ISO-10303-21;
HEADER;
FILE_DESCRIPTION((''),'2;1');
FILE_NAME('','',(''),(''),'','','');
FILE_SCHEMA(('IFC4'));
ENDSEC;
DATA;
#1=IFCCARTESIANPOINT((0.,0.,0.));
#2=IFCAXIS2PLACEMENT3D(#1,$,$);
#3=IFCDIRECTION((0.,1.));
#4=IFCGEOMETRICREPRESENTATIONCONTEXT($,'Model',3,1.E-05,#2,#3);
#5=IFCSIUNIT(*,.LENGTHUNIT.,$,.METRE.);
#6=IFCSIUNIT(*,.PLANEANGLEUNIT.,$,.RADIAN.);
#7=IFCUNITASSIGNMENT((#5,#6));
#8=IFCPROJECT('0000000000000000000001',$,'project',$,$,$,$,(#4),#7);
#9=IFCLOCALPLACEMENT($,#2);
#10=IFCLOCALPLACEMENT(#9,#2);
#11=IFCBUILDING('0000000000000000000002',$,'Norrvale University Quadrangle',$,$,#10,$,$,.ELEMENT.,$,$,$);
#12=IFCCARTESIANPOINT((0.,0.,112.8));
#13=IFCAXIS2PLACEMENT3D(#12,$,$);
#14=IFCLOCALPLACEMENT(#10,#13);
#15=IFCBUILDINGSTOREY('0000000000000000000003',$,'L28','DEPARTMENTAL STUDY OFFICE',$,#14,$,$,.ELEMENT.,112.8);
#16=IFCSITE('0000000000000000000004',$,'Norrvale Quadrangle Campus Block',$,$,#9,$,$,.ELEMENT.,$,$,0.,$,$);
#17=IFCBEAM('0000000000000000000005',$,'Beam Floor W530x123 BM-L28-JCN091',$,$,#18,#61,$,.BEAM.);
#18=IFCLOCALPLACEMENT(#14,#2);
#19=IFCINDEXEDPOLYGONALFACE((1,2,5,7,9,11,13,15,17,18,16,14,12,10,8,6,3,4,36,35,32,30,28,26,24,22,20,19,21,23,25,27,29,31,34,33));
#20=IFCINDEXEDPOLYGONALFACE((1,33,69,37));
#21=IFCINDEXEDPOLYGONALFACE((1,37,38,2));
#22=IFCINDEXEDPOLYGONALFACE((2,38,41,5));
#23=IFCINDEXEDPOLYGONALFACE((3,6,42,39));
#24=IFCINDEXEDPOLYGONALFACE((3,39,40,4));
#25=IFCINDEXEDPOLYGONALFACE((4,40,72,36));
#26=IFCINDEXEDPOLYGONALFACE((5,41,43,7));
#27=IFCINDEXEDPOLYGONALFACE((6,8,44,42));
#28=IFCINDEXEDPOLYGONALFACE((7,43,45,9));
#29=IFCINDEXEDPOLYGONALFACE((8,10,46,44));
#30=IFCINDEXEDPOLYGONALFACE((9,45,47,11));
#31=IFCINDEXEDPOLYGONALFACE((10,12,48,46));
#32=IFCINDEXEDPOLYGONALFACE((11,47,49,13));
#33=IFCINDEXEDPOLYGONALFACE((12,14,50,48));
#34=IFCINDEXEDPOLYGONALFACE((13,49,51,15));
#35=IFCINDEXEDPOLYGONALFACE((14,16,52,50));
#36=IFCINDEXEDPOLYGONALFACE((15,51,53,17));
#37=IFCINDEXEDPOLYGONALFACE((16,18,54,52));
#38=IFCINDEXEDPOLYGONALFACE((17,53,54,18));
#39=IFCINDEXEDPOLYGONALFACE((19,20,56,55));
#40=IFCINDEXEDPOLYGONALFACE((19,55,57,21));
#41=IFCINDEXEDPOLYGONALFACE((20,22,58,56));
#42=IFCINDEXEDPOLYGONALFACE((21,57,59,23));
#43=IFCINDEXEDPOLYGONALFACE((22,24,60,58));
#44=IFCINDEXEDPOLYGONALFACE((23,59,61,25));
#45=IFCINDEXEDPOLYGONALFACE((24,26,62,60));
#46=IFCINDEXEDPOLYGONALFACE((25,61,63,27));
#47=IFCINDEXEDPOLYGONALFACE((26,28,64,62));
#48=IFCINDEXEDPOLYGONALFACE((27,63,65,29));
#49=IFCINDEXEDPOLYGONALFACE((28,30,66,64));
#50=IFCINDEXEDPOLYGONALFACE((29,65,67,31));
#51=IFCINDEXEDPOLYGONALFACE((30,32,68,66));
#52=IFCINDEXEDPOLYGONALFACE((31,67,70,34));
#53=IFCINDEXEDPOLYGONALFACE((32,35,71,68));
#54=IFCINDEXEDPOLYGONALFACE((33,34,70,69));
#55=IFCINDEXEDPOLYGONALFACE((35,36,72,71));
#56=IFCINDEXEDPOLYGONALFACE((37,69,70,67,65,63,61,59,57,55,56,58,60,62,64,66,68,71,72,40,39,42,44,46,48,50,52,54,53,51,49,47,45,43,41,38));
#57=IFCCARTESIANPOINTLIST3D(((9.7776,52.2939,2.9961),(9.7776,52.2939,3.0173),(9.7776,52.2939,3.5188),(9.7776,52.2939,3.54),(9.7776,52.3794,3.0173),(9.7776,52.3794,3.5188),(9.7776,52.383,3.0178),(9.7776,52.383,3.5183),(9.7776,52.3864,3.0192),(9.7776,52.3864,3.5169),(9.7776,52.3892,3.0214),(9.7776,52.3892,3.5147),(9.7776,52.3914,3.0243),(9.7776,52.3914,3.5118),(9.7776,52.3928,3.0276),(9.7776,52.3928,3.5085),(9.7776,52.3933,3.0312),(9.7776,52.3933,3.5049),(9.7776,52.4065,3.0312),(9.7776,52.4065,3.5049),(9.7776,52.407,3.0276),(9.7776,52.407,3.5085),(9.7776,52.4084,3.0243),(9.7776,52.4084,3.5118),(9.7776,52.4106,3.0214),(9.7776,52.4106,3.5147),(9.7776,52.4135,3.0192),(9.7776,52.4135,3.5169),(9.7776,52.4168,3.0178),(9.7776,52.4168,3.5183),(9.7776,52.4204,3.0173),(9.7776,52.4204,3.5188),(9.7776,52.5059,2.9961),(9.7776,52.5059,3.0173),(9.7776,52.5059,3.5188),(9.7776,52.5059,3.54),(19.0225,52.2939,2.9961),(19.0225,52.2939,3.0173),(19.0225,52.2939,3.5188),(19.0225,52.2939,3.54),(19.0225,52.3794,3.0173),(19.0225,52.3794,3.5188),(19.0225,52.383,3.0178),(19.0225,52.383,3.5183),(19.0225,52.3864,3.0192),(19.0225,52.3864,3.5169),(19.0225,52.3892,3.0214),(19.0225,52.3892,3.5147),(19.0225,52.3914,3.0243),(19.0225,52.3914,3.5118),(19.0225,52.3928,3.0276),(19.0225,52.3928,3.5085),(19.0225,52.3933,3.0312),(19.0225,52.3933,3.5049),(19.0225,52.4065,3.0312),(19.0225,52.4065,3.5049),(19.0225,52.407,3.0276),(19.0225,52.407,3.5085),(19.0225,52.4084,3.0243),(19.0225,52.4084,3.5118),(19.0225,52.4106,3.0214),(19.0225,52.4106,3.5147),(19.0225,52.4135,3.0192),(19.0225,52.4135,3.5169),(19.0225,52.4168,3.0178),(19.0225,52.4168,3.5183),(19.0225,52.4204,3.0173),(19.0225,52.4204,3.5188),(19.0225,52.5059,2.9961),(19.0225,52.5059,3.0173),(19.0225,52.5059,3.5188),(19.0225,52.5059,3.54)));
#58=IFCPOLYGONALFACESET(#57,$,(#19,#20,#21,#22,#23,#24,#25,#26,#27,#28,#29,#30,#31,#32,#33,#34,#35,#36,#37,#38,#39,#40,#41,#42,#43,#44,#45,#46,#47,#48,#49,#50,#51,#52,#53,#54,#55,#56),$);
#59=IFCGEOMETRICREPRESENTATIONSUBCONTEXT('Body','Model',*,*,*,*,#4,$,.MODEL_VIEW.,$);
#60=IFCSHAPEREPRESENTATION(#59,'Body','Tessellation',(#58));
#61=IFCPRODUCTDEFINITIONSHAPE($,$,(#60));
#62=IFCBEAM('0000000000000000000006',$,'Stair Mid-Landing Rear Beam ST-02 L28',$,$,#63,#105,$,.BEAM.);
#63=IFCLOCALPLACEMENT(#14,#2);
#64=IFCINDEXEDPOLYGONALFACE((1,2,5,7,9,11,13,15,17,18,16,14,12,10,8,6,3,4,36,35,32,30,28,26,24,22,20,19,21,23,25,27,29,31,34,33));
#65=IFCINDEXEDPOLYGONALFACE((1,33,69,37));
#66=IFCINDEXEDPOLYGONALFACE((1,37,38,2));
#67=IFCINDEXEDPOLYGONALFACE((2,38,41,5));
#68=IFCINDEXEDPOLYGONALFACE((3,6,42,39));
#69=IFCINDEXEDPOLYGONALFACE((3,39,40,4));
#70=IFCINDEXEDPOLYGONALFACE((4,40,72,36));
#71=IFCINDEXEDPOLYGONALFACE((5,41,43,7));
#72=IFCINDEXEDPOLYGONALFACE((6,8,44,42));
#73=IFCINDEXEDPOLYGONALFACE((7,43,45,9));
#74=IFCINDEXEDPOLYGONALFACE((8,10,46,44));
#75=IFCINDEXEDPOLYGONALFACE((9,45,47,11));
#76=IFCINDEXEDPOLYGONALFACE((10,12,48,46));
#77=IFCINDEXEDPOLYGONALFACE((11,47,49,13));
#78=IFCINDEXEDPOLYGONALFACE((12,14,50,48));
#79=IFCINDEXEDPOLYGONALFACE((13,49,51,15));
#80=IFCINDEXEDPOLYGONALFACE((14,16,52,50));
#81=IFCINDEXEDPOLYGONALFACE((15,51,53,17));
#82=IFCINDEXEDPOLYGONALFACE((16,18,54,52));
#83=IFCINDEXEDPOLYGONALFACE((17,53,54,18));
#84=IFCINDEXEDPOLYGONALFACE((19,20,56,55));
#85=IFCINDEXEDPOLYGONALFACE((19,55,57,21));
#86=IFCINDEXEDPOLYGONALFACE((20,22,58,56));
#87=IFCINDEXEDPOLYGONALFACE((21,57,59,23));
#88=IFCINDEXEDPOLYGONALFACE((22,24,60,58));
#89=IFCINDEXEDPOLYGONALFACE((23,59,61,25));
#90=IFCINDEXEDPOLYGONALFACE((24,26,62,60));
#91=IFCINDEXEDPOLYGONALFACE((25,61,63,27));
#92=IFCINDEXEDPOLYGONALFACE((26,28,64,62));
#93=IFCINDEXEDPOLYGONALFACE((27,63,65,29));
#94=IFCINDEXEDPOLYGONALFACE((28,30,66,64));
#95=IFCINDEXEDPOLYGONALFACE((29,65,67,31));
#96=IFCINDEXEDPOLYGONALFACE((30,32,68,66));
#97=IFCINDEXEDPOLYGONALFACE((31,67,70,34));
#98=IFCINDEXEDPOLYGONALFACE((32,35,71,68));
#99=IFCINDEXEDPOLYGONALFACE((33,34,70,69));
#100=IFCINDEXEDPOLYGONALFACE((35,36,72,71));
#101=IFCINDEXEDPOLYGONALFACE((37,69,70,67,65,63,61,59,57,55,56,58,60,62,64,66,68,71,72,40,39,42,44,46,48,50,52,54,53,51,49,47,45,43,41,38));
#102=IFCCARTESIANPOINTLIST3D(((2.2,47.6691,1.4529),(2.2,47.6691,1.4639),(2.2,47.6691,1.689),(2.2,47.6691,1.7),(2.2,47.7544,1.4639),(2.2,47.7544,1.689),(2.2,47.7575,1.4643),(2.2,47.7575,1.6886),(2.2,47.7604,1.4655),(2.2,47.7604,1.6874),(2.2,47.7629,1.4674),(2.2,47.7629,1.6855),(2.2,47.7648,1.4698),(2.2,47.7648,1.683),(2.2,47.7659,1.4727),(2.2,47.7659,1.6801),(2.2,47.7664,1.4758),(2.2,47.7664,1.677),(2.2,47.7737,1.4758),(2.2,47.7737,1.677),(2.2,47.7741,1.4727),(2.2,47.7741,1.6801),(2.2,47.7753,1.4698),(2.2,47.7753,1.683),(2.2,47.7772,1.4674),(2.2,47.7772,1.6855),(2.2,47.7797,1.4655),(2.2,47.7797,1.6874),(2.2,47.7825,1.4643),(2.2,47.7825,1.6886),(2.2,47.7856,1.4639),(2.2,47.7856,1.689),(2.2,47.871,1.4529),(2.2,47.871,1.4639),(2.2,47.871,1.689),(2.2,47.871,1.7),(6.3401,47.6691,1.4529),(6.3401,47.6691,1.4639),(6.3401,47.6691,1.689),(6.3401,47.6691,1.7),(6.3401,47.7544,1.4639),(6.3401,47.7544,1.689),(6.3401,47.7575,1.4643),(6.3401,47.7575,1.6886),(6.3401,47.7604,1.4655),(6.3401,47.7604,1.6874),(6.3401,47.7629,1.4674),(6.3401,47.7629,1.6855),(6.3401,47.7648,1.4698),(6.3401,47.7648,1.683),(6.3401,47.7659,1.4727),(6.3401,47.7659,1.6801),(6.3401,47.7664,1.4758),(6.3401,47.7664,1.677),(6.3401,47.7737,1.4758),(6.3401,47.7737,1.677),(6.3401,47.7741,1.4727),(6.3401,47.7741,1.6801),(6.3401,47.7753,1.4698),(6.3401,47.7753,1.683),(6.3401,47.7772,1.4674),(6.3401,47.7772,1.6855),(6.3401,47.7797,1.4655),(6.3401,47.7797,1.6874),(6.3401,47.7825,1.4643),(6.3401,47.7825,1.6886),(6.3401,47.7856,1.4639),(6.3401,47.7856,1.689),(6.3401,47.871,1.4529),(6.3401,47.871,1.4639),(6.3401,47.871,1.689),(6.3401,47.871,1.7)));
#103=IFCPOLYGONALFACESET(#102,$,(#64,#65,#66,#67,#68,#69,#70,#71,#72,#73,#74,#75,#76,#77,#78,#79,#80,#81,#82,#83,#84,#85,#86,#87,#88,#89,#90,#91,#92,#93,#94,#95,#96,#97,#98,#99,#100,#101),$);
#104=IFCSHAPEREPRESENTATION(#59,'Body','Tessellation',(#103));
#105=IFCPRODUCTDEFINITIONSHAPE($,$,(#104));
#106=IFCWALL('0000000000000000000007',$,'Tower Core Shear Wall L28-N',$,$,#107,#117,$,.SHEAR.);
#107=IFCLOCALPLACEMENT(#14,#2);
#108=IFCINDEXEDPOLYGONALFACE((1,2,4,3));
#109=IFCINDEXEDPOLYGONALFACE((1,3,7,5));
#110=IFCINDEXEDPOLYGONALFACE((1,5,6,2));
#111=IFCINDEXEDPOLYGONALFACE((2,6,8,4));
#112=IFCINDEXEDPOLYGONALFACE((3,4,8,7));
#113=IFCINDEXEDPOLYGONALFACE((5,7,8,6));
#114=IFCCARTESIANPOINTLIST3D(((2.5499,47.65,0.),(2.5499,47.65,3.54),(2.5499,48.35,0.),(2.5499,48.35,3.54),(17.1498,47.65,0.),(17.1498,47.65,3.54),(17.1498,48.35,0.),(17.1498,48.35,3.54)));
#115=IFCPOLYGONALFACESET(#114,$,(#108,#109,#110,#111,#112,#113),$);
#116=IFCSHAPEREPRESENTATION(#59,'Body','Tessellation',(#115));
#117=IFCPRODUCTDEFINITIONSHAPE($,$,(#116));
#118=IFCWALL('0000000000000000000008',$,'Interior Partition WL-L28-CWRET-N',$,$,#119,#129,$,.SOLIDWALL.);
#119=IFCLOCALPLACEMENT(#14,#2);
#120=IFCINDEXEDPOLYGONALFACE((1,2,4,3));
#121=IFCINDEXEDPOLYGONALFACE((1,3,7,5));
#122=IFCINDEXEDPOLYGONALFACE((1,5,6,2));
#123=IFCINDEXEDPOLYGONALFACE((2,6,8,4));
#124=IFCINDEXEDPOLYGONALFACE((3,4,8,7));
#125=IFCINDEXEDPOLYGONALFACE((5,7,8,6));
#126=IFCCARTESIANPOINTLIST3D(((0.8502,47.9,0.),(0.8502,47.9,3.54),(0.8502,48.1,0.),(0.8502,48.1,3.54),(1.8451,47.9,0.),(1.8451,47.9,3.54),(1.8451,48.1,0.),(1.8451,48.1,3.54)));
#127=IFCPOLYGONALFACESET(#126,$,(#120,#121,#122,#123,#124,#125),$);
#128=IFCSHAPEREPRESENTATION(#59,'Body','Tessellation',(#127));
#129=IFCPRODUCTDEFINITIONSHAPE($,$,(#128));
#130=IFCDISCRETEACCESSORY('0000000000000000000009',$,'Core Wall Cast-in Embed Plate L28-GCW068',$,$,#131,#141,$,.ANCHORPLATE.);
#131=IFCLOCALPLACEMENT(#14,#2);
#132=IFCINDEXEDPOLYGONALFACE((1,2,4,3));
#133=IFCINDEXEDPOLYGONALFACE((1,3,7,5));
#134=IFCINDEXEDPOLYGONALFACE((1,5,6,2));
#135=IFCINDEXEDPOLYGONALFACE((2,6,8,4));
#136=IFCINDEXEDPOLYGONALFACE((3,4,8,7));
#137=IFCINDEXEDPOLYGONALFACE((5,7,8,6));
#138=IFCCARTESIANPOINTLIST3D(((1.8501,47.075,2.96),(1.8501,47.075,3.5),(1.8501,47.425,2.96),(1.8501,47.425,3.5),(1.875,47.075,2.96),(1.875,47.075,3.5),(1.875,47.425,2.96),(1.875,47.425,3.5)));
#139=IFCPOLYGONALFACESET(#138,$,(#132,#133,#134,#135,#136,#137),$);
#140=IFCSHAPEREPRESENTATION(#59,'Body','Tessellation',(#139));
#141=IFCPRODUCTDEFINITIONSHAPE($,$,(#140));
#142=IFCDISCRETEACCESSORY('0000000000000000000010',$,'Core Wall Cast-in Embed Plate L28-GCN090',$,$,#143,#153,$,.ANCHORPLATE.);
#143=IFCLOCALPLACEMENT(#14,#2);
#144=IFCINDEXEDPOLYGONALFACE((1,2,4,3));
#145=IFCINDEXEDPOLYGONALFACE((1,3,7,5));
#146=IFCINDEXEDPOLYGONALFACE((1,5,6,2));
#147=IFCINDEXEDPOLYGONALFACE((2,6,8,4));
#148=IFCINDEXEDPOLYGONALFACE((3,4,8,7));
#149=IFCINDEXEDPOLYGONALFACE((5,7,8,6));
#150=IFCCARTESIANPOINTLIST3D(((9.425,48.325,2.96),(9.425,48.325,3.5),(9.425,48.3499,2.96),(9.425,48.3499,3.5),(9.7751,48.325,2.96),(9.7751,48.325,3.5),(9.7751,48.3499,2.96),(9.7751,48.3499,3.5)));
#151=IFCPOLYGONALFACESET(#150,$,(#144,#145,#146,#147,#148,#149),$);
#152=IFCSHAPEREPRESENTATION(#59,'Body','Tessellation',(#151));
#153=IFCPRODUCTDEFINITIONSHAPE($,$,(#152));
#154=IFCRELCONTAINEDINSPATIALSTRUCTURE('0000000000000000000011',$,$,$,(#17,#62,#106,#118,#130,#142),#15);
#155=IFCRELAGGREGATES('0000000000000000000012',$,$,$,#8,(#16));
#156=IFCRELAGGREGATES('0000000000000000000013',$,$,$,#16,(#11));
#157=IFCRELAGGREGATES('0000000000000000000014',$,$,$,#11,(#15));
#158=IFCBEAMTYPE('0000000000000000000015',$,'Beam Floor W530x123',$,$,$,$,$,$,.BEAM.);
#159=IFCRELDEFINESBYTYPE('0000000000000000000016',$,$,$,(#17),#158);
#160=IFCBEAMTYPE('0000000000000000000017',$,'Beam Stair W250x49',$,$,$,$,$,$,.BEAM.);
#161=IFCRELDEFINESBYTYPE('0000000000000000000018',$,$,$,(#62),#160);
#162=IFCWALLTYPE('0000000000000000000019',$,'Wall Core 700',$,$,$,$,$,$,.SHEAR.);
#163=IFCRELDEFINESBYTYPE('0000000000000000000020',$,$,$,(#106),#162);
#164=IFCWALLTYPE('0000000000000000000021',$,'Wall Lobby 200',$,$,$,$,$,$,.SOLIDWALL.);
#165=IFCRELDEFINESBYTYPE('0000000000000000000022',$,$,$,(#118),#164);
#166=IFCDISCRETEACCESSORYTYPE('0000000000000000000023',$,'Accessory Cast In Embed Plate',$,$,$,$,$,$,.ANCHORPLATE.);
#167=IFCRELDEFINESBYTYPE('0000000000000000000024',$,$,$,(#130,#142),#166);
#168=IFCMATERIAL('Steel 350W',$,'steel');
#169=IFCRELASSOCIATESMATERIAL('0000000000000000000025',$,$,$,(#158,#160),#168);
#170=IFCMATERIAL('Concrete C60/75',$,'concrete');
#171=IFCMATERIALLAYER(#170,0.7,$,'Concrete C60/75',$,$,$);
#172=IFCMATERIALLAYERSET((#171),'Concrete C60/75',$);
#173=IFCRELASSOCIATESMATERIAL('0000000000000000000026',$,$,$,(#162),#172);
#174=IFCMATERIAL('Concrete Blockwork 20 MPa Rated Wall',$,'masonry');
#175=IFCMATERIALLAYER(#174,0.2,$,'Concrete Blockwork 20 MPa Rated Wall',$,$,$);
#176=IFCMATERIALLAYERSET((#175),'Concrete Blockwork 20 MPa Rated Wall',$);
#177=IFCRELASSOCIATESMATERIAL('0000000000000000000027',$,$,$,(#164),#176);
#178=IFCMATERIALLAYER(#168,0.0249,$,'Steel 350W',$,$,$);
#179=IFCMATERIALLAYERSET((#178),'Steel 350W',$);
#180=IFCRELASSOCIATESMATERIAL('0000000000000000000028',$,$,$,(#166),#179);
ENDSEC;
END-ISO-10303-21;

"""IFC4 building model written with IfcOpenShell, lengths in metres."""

from ifc_helpers import new_model, si_unit, direction, frame, frame_2d, origin, origin_2d, place, context, subcontext, project, spatial, rectangle, i_section, extrude, material, layer, layer_set, material_profile, profile_set, type_object, element, save


model = new_model("IFC4")

# Units and contexts
model_context = context("Model", 3, precision=1e-05, world=origin(), true_north=direction((0.0, 1.0)))
body_context = subcontext(model_context, "Body", "Model", "MODEL_VIEW")
ifc_project = project(units=[si_unit("LENGTHUNIT", "METRE"), si_unit("PLANEANGLEUNIT", "RADIAN")], contexts=[model_context])

# Site, building, storey
site_placement = place(None, origin())
site = spatial("IfcSite", under=ifc_project, at=site_placement, Name="Norrvale Quadrangle Campus Block", CompositionType="ELEMENT", RefElevation=0.0)
building_placement = place(site_placement, origin())
building = spatial("IfcBuilding", under=site, at=building_placement, Name="Norrvale University Quadrangle", CompositionType="ELEMENT")
storey_placement = place(building_placement, frame((0.0, 0.0, 112.8)))
storey = spatial("IfcBuildingStorey", under=building, at=storey_placement, Name="L28", Description="DEPARTMENTAL STUDY OFFICE", CompositionType="ELEMENT", Elevation=112.8)

# Shared definitions
ifc_material_1 = material(Name="Concrete C60/75", Category="concrete")

# Beams
ifc_material_2 = material(Name="Steel 350W", Category="steel")
ifc_material_profile_1 = material_profile(ifc_material_2, i_section(OverallWidth=0.2119, OverallDepth=0.5439, WebThickness=0.0132, FlangeThickness=0.0212, FilletRadius=0.0139, at=origin_2d()), Name="Steel 350W")
ifc_profile_set_1 = profile_set([ifc_material_profile_1], Name="Steel 350W")
beam_type_1 = type_object("IfcBeamType", Name="Beam Floor W530x123", PredefinedType="BEAM", material=ifc_profile_set_1)
beam_1_placement = place(storey_placement, frame((9.7776, 52.3999, 3.2681), z_axis=(1.0, 0.0, 0.0), x_axis=(0.0, 1.0, 0.0)))
element("IfcBeam", 1, at=beam_1_placement, inside=storey, type_object=beam_type_1, Name="Beam Floor W530x123 BM-L28-JCN091", PredefinedType="BEAM", context=body_context, shape_type="SweptSolid", body=[
    extrude(i_section(OverallWidth=0.2119, OverallDepth=0.5439, WebThickness=0.0132, FlangeThickness=0.0212, FilletRadius=0.0139, at=origin_2d()), origin(), (0.0, 0.0, 1.0), 9.2449),
])
ifc_material_profile_2 = material_profile(ifc_material_2, i_section(OverallWidth=0.2019, OverallDepth=0.2471, WebThickness=0.0073, FlangeThickness=0.011, FilletRadius=0.012, at=origin_2d()), Name="Steel 350W")
ifc_profile_set_2 = profile_set([ifc_material_profile_2], Name="Steel 350W")
beam_type_2 = type_object("IfcBeamType", Name="Beam Stair W250x49", PredefinedType="BEAM", material=ifc_profile_set_2)
beam_2_placement = place(storey_placement, frame((2.2, 47.77, 1.5764), z_axis=(1.0, 0.0, 0.0), x_axis=(0.0, 1.0, 0.0)))
element("IfcBeam", 2, at=beam_2_placement, inside=storey, type_object=beam_type_2, Name="Stair Mid-Landing Rear Beam ST-02 L28", PredefinedType="BEAM", context=body_context, shape_type="SweptSolid", body=[
    extrude(i_section(OverallWidth=0.2019, OverallDepth=0.2471, WebThickness=0.0073, FlangeThickness=0.011, FilletRadius=0.012, at=origin_2d()), origin(), (0.0, 0.0, 1.0), 4.1401),
])

# Walls
ifc_layer_1 = layer(ifc_material_1, 0.7, Name="Concrete C60/75")
ifc_layer_set_1 = layer_set([ifc_layer_1], Name="Concrete C60/75")
wall_type_1 = type_object("IfcWallType", Name="Wall Core 700", PredefinedType="SHEAR", material=ifc_layer_set_1)
wall_1_placement = place(storey_placement, frame((2.55, 48.0, 0.0), z_axis=(0.0, 0.0, 1.0), x_axis=(1.0, 0.0, 0.0)))
element("IfcWall", 3, at=wall_1_placement, inside=storey, type_object=wall_type_1, Name="Tower Core Shear Wall L28-N", PredefinedType="SHEAR", context=body_context, shape_type="SweptSolid", body=[
    extrude(rectangle(XDim=14.5999, YDim=0.7, at=frame_2d((7.2998, 0.0))), origin(), (0.0, 0.0, 1.0), 3.54),
])
ifc_material_3 = material(Name="Concrete Blockwork 20 MPa Rated Wall", Category="masonry")
ifc_layer_2 = layer(ifc_material_3, 0.2, Name="Concrete Blockwork 20 MPa Rated Wall")
ifc_layer_set_2 = layer_set([ifc_layer_2], Name="Concrete Blockwork 20 MPa Rated Wall")
wall_type_2 = type_object("IfcWallType", Name="Wall Lobby 200", PredefinedType="SOLIDWALL", material=ifc_layer_set_2)
wall_2_placement = place(storey_placement, frame((0.8501, 48.0, 0.0), z_axis=(0.0, 0.0, 1.0), x_axis=(1.0, 0.0, 0.0)))
element("IfcWall", 4, at=wall_2_placement, inside=storey, type_object=wall_type_2, Name="Interior Partition WL-L28-CWRET-N", PredefinedType="SOLIDWALL", context=body_context, shape_type="SweptSolid", body=[
    extrude(rectangle(XDim=0.9949, YDim=0.2, at=frame_2d((0.4976, 0.0))), origin(), (0.0, 0.0, 1.0), 3.54),
])

# Discrete accessories
ifc_layer_3 = layer(ifc_material_2, 0.0249, Name="Steel 350W")
ifc_layer_set_3 = layer_set([ifc_layer_3], Name="Steel 350W")
discrete_accessory_type = type_object("IfcDiscreteAccessoryType", Name="Accessory Cast In Embed Plate", PredefinedType="ANCHORPLATE", material=ifc_layer_set_3)
discrete_accessory_1_placement = place(storey_placement, frame((1.8625, 47.25, 2.96), z_axis=(0.0, 0.0, 1.0), x_axis=(1.0, 0.0, 0.0)))
element("IfcDiscreteAccessory", 5, at=discrete_accessory_1_placement, inside=storey, type_object=discrete_accessory_type, Name="Core Wall Cast-in Embed Plate L28-GCW068", PredefinedType="ANCHORPLATE", context=body_context, shape_type="SweptSolid", body=[
    extrude(rectangle(XDim=0.0249, YDim=0.3501, at=origin_2d()), origin(), (0.0, 0.0, 1.0), 0.54),
])
discrete_accessory_2_placement = place(storey_placement, frame((9.6001, 48.3374, 2.96), z_axis=(0.0, 0.0, 1.0), x_axis=(1.0, 0.0, 0.0)))
element("IfcDiscreteAccessory", 6, at=discrete_accessory_2_placement, inside=storey, type_object=discrete_accessory_type, Name="Core Wall Cast-in Embed Plate L28-GCN090", PredefinedType="ANCHORPLATE", context=body_context, shape_type="SweptSolid", body=[
    extrude(rectangle(XDim=0.3501, YDim=0.0249, at=origin_2d()), origin(), (0.0, 0.0, 1.0), 0.54),
])

save(model, "model.ifc")
